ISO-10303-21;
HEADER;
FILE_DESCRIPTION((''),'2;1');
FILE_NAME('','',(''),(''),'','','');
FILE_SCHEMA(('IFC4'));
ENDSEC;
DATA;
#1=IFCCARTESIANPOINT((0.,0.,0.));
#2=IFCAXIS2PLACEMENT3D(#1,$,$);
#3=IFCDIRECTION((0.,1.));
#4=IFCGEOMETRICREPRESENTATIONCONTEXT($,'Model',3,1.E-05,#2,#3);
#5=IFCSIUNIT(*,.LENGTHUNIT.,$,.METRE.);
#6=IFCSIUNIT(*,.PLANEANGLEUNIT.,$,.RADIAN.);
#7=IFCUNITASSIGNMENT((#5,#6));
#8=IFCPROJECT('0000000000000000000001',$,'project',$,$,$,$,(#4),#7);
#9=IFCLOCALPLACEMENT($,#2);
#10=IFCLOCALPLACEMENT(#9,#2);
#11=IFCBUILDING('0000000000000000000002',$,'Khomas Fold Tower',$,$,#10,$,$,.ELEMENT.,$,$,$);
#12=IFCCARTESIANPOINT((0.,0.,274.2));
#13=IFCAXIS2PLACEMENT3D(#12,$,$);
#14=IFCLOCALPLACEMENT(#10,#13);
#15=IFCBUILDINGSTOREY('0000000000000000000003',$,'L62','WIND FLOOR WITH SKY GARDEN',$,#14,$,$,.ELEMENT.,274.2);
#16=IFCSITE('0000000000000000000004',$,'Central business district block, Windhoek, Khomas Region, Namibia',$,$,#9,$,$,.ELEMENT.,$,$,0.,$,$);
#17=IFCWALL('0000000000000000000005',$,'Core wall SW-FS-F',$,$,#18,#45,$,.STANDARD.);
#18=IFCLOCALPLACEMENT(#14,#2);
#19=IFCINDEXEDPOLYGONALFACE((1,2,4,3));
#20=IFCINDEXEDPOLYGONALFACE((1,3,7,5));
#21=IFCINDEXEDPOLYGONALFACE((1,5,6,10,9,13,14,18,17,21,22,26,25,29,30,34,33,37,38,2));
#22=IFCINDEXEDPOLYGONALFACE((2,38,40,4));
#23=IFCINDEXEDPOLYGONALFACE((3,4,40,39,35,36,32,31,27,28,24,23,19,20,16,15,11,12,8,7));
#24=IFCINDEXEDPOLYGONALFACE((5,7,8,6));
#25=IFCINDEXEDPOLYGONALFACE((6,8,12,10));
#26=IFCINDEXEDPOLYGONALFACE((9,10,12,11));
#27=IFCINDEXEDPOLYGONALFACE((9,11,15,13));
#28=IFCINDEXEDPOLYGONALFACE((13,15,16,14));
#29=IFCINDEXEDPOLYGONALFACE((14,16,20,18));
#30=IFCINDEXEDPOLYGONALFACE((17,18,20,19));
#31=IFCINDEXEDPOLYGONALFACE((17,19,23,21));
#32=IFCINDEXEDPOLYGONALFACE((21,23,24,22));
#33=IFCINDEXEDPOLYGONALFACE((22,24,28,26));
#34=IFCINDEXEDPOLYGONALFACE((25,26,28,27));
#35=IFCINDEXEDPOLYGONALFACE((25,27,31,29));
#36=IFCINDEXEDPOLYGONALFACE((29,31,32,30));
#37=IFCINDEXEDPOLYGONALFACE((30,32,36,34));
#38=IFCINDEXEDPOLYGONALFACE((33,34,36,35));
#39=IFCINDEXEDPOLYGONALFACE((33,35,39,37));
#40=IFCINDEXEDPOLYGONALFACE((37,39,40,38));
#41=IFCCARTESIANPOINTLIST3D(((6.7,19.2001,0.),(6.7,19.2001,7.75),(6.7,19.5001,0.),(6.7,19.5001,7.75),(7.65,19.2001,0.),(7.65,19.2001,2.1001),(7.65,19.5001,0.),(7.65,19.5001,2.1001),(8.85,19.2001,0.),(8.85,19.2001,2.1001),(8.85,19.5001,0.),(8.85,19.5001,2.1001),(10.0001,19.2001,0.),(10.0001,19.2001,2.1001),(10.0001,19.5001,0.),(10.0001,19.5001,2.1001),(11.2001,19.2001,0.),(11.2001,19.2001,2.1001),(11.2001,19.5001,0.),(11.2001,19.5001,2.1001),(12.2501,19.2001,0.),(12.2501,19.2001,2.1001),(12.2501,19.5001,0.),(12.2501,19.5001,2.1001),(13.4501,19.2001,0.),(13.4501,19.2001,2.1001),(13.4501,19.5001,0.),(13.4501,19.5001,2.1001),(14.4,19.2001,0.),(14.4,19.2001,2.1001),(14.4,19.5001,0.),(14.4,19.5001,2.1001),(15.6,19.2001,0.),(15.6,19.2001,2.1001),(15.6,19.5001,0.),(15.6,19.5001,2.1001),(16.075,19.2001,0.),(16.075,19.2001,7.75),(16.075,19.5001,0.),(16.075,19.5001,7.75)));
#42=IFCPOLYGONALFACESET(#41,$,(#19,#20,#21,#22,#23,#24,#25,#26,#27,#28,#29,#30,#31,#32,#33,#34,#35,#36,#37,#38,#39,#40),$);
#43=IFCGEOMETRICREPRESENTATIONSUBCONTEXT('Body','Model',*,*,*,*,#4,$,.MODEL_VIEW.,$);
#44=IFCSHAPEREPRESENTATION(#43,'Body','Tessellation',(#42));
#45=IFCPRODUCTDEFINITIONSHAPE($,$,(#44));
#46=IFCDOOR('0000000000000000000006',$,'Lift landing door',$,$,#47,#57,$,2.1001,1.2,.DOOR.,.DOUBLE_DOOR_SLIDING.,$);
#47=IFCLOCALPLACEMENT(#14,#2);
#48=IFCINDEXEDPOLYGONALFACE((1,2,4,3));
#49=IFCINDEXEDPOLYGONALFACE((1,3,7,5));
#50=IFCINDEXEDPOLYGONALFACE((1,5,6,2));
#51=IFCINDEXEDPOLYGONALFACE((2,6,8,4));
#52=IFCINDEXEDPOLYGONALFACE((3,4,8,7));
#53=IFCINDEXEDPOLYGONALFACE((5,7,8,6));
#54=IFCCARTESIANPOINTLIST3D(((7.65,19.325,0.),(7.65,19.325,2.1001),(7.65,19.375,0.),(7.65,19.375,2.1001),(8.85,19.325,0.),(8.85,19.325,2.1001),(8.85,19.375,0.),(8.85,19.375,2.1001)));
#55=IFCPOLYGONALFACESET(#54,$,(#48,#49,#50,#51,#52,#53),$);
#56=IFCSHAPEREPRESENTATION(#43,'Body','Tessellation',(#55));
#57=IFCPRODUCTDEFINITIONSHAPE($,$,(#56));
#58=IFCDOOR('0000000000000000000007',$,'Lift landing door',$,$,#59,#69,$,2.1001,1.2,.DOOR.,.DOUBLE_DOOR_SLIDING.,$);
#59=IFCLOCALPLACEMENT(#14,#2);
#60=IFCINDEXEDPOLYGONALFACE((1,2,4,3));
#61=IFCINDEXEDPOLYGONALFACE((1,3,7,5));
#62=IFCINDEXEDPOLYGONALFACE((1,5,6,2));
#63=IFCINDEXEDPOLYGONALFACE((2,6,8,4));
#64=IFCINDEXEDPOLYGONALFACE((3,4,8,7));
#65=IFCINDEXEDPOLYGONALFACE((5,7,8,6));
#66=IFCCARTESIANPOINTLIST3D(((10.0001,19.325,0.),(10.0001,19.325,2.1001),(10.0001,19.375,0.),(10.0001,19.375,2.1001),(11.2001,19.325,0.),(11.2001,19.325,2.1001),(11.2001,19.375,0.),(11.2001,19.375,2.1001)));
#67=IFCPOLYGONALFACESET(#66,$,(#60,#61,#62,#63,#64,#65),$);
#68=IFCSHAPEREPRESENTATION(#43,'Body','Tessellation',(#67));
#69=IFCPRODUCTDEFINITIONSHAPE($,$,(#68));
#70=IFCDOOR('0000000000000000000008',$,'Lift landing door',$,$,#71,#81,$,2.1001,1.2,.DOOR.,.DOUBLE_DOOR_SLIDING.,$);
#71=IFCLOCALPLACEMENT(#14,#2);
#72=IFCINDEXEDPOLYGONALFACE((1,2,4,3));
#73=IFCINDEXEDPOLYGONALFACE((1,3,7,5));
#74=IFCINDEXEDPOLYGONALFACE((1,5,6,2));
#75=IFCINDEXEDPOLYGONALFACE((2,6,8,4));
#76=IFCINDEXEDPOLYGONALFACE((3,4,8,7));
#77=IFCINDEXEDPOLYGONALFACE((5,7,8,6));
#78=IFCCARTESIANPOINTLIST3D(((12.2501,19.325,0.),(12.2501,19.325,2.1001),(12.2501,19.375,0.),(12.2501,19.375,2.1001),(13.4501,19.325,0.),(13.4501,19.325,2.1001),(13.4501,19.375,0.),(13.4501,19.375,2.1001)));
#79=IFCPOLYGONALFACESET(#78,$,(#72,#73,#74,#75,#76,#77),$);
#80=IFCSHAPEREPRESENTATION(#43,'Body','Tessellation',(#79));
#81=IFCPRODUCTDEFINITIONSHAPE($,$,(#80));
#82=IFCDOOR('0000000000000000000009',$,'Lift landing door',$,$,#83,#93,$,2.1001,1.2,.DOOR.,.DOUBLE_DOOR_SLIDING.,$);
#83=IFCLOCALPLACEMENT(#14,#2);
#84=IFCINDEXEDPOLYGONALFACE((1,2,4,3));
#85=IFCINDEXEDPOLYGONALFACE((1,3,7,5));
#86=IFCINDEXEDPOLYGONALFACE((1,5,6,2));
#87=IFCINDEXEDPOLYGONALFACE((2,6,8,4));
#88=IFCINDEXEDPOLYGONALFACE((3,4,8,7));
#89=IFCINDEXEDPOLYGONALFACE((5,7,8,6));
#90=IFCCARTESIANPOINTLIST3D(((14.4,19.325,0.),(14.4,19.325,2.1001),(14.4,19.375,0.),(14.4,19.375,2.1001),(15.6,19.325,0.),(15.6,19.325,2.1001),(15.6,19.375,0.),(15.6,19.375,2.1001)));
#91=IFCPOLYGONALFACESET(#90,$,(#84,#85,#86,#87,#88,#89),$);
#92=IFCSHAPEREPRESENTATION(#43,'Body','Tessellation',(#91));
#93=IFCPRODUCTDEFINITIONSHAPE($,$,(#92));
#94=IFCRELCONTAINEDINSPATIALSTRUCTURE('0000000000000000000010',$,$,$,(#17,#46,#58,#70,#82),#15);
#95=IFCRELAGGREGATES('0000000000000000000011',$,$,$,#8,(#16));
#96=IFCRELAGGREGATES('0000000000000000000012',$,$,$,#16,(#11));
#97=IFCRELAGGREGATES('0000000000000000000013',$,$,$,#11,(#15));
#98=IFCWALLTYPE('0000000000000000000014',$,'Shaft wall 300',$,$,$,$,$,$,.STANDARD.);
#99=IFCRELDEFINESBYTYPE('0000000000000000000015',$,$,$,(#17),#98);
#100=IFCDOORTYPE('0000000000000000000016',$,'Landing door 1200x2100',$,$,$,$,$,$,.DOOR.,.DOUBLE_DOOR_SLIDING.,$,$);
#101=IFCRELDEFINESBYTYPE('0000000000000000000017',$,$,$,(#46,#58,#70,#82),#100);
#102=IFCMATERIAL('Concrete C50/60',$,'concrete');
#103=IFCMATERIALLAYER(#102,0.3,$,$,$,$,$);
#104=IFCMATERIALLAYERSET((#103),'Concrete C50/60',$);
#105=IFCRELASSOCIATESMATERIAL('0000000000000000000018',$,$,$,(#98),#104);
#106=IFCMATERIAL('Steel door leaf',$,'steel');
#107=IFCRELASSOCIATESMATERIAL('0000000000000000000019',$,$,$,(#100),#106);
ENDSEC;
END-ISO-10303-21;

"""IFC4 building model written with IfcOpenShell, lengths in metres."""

from ifc_helpers import new_model, si_unit, direction, frame, frame_2d, origin, place, context, subcontext, project, spatial, rectangle, extrude, source, transform, mapped, material, layer, layer_set, type_object, element, fill, save


model = new_model("IFC4")

# Units and contexts
model_context = context("Model", 3, precision=1e-05, world=origin(), true_north=direction((0.0, 1.0)))
body_context = subcontext(model_context, "Body", "Model", "MODEL_VIEW")
ifc_project = project(units=[si_unit("LENGTHUNIT", "METRE"), si_unit("PLANEANGLEUNIT", "RADIAN")], contexts=[model_context])

# Site, building, storey
site_placement = place(None, origin())
site = spatial("IfcSite", under=ifc_project, at=site_placement, Name="Central business district block, Windhoek, Khomas Region, Namibia", CompositionType="ELEMENT", RefElevation=0.0)
building_placement = place(site_placement, origin())
building = spatial("IfcBuilding", under=site, at=building_placement, Name="Khomas Fold Tower", CompositionType="ELEMENT")
storey_placement = place(building_placement, frame((0.0, 0.0, 274.2)))
storey = spatial("IfcBuildingStorey", under=building, at=storey_placement, Name="L62", Description="WIND FLOOR WITH SKY GARDEN", CompositionType="ELEMENT", Elevation=274.2)

# Wall, openings, doors
ifc_material_1 = material(Name="Concrete C50/60", Category="concrete")
ifc_layer_1 = layer(ifc_material_1, 0.3)
ifc_layer_set_1 = layer_set([ifc_layer_1], Name="Concrete C50/60")
wall_type_1 = type_object("IfcWallType", Name="Shaft wall 300", PredefinedType="STANDARD", material=ifc_layer_set_1)
shared_shape_1 = source(origin(), body_context, "Body", "SweptSolid", [
    extrude(rectangle(XDim=9.375, YDim=0.3, at=frame_2d((4.6875, 0.0))), origin(), (0.0, 0.0, 1.0), 7.75),
])
wall_1_placement = place(storey_placement, frame((6.7, 19.3501, 0.0), z_axis=(0.0, 0.0, 1.0), x_axis=(1.0, 0.0, 0.0)))
wall_1 = element("IfcWall", 1, at=wall_1_placement, inside=storey, type_object=wall_type_1, Name="Core wall SW-FS-F", PredefinedType="STANDARD", context=body_context, shape_type="MappedRepresentation", body=[
    mapped(shared_shape_1, transform((0.0, 0.0, 0.0))),
])
shared_shape_2 = source(origin(), body_context, "Body", "SweptSolid", [
    extrude(rectangle(XDim=1.2, YDim=2.1001, at=frame_2d((0.6001, 1.05))), frame((0.0, 0.1599, 0.0), z_axis=(0.0, -1.0, 0.0), x_axis=(1.0, 0.0, 0.0)), (0.0, 0.0, 1.0), 0.3201),
])
opening_1_placement = place(wall_1_placement, frame((0.95, 0.0, 0.0)))
opening_1 = element("IfcOpeningElement", 2, at=opening_1_placement, cuts=wall_1, PredefinedType="OPENING", context=body_context, shape_type="MappedRepresentation", body=[
    mapped(shared_shape_2, transform((0.0, 0.0, 0.0))),
])
opening_2_placement = place(wall_1_placement, frame((3.3, 0.0, 0.0)))
opening_2 = element("IfcOpeningElement", 3, at=opening_2_placement, cuts=wall_1, PredefinedType="OPENING", context=body_context, shape_type="MappedRepresentation", body=[
    mapped(shared_shape_2, transform((0.0, 0.0, 0.0))),
])
opening_3_placement = place(wall_1_placement, frame((5.55, 0.0, 0.0)))
opening_3 = element("IfcOpeningElement", 4, at=opening_3_placement, cuts=wall_1, PredefinedType="OPENING", context=body_context, shape_type="MappedRepresentation", body=[
    mapped(shared_shape_2, transform((0.0, 0.0, 0.0))),
])
opening_4_placement = place(wall_1_placement, frame((7.7, 0.0, 0.0)))
opening_4 = element("IfcOpeningElement", 5, at=opening_4_placement, cuts=wall_1, PredefinedType="OPENING", context=body_context, shape_type="MappedRepresentation", body=[
    mapped(shared_shape_2, transform((0.0, 0.0, 0.0))),
])
ifc_material_2 = material(Name="Steel door leaf", Category="steel")
door_type_1 = type_object("IfcDoorType", Name="Landing door 1200x2100", OperationType="DOUBLE_DOOR_SLIDING", PredefinedType="DOOR", material=ifc_material_2)
shared_shape_3 = source(origin(), body_context, "Body", "SweptSolid", [
    extrude(rectangle(XDim=1.2, YDim=2.1001, at=frame_2d((0.6001, 1.05))), frame((0.0, 0.0249, 0.0), z_axis=(0.0, -1.0, 0.0), x_axis=(1.0, 0.0, 0.0)), (0.0, 0.0, 1.0), 0.05),
])
door_1_placement = place(opening_1_placement, origin())
door_1 = element("IfcDoor", 6, at=door_1_placement, inside=storey, type_object=door_type_1, Name="Lift landing door", OperationType="DOUBLE_DOOR_SLIDING", OverallHeight=2.1001, OverallWidth=1.2, PredefinedType="DOOR", context=body_context, shape_type="MappedRepresentation", body=[
    mapped(shared_shape_3, transform((0.0, 0.0, 0.0))),
])
fill(opening_1, door_1)
door_2_placement = place(opening_2_placement, origin())
door_2 = element("IfcDoor", 7, at=door_2_placement, inside=storey, type_object=door_type_1, Name="Lift landing door", OperationType="DOUBLE_DOOR_SLIDING", OverallHeight=2.1001, OverallWidth=1.2, PredefinedType="DOOR", context=body_context, shape_type="MappedRepresentation", body=[
    mapped(shared_shape_3, transform((0.0, 0.0, 0.0))),
])
fill(opening_2, door_2)
door_3_placement = place(opening_3_placement, origin())
door_3 = element("IfcDoor", 8, at=door_3_placement, inside=storey, type_object=door_type_1, Name="Lift landing door", OperationType="DOUBLE_DOOR_SLIDING", OverallHeight=2.1001, OverallWidth=1.2, PredefinedType="DOOR", context=body_context, shape_type="MappedRepresentation", body=[
    mapped(shared_shape_3, transform((0.0, 0.0, 0.0))),
])
fill(opening_3, door_3)
door_4_placement = place(opening_4_placement, origin())
door_4 = element("IfcDoor", 9, at=door_4_placement, inside=storey, type_object=door_type_1, Name="Lift landing door", OperationType="DOUBLE_DOOR_SLIDING", OverallHeight=2.1001, OverallWidth=1.2, PredefinedType="DOOR", context=body_context, shape_type="MappedRepresentation", body=[
    mapped(shared_shape_3, transform((0.0, 0.0, 0.0))),
])
fill(opening_4, door_4)

save(model, "model.ifc")
